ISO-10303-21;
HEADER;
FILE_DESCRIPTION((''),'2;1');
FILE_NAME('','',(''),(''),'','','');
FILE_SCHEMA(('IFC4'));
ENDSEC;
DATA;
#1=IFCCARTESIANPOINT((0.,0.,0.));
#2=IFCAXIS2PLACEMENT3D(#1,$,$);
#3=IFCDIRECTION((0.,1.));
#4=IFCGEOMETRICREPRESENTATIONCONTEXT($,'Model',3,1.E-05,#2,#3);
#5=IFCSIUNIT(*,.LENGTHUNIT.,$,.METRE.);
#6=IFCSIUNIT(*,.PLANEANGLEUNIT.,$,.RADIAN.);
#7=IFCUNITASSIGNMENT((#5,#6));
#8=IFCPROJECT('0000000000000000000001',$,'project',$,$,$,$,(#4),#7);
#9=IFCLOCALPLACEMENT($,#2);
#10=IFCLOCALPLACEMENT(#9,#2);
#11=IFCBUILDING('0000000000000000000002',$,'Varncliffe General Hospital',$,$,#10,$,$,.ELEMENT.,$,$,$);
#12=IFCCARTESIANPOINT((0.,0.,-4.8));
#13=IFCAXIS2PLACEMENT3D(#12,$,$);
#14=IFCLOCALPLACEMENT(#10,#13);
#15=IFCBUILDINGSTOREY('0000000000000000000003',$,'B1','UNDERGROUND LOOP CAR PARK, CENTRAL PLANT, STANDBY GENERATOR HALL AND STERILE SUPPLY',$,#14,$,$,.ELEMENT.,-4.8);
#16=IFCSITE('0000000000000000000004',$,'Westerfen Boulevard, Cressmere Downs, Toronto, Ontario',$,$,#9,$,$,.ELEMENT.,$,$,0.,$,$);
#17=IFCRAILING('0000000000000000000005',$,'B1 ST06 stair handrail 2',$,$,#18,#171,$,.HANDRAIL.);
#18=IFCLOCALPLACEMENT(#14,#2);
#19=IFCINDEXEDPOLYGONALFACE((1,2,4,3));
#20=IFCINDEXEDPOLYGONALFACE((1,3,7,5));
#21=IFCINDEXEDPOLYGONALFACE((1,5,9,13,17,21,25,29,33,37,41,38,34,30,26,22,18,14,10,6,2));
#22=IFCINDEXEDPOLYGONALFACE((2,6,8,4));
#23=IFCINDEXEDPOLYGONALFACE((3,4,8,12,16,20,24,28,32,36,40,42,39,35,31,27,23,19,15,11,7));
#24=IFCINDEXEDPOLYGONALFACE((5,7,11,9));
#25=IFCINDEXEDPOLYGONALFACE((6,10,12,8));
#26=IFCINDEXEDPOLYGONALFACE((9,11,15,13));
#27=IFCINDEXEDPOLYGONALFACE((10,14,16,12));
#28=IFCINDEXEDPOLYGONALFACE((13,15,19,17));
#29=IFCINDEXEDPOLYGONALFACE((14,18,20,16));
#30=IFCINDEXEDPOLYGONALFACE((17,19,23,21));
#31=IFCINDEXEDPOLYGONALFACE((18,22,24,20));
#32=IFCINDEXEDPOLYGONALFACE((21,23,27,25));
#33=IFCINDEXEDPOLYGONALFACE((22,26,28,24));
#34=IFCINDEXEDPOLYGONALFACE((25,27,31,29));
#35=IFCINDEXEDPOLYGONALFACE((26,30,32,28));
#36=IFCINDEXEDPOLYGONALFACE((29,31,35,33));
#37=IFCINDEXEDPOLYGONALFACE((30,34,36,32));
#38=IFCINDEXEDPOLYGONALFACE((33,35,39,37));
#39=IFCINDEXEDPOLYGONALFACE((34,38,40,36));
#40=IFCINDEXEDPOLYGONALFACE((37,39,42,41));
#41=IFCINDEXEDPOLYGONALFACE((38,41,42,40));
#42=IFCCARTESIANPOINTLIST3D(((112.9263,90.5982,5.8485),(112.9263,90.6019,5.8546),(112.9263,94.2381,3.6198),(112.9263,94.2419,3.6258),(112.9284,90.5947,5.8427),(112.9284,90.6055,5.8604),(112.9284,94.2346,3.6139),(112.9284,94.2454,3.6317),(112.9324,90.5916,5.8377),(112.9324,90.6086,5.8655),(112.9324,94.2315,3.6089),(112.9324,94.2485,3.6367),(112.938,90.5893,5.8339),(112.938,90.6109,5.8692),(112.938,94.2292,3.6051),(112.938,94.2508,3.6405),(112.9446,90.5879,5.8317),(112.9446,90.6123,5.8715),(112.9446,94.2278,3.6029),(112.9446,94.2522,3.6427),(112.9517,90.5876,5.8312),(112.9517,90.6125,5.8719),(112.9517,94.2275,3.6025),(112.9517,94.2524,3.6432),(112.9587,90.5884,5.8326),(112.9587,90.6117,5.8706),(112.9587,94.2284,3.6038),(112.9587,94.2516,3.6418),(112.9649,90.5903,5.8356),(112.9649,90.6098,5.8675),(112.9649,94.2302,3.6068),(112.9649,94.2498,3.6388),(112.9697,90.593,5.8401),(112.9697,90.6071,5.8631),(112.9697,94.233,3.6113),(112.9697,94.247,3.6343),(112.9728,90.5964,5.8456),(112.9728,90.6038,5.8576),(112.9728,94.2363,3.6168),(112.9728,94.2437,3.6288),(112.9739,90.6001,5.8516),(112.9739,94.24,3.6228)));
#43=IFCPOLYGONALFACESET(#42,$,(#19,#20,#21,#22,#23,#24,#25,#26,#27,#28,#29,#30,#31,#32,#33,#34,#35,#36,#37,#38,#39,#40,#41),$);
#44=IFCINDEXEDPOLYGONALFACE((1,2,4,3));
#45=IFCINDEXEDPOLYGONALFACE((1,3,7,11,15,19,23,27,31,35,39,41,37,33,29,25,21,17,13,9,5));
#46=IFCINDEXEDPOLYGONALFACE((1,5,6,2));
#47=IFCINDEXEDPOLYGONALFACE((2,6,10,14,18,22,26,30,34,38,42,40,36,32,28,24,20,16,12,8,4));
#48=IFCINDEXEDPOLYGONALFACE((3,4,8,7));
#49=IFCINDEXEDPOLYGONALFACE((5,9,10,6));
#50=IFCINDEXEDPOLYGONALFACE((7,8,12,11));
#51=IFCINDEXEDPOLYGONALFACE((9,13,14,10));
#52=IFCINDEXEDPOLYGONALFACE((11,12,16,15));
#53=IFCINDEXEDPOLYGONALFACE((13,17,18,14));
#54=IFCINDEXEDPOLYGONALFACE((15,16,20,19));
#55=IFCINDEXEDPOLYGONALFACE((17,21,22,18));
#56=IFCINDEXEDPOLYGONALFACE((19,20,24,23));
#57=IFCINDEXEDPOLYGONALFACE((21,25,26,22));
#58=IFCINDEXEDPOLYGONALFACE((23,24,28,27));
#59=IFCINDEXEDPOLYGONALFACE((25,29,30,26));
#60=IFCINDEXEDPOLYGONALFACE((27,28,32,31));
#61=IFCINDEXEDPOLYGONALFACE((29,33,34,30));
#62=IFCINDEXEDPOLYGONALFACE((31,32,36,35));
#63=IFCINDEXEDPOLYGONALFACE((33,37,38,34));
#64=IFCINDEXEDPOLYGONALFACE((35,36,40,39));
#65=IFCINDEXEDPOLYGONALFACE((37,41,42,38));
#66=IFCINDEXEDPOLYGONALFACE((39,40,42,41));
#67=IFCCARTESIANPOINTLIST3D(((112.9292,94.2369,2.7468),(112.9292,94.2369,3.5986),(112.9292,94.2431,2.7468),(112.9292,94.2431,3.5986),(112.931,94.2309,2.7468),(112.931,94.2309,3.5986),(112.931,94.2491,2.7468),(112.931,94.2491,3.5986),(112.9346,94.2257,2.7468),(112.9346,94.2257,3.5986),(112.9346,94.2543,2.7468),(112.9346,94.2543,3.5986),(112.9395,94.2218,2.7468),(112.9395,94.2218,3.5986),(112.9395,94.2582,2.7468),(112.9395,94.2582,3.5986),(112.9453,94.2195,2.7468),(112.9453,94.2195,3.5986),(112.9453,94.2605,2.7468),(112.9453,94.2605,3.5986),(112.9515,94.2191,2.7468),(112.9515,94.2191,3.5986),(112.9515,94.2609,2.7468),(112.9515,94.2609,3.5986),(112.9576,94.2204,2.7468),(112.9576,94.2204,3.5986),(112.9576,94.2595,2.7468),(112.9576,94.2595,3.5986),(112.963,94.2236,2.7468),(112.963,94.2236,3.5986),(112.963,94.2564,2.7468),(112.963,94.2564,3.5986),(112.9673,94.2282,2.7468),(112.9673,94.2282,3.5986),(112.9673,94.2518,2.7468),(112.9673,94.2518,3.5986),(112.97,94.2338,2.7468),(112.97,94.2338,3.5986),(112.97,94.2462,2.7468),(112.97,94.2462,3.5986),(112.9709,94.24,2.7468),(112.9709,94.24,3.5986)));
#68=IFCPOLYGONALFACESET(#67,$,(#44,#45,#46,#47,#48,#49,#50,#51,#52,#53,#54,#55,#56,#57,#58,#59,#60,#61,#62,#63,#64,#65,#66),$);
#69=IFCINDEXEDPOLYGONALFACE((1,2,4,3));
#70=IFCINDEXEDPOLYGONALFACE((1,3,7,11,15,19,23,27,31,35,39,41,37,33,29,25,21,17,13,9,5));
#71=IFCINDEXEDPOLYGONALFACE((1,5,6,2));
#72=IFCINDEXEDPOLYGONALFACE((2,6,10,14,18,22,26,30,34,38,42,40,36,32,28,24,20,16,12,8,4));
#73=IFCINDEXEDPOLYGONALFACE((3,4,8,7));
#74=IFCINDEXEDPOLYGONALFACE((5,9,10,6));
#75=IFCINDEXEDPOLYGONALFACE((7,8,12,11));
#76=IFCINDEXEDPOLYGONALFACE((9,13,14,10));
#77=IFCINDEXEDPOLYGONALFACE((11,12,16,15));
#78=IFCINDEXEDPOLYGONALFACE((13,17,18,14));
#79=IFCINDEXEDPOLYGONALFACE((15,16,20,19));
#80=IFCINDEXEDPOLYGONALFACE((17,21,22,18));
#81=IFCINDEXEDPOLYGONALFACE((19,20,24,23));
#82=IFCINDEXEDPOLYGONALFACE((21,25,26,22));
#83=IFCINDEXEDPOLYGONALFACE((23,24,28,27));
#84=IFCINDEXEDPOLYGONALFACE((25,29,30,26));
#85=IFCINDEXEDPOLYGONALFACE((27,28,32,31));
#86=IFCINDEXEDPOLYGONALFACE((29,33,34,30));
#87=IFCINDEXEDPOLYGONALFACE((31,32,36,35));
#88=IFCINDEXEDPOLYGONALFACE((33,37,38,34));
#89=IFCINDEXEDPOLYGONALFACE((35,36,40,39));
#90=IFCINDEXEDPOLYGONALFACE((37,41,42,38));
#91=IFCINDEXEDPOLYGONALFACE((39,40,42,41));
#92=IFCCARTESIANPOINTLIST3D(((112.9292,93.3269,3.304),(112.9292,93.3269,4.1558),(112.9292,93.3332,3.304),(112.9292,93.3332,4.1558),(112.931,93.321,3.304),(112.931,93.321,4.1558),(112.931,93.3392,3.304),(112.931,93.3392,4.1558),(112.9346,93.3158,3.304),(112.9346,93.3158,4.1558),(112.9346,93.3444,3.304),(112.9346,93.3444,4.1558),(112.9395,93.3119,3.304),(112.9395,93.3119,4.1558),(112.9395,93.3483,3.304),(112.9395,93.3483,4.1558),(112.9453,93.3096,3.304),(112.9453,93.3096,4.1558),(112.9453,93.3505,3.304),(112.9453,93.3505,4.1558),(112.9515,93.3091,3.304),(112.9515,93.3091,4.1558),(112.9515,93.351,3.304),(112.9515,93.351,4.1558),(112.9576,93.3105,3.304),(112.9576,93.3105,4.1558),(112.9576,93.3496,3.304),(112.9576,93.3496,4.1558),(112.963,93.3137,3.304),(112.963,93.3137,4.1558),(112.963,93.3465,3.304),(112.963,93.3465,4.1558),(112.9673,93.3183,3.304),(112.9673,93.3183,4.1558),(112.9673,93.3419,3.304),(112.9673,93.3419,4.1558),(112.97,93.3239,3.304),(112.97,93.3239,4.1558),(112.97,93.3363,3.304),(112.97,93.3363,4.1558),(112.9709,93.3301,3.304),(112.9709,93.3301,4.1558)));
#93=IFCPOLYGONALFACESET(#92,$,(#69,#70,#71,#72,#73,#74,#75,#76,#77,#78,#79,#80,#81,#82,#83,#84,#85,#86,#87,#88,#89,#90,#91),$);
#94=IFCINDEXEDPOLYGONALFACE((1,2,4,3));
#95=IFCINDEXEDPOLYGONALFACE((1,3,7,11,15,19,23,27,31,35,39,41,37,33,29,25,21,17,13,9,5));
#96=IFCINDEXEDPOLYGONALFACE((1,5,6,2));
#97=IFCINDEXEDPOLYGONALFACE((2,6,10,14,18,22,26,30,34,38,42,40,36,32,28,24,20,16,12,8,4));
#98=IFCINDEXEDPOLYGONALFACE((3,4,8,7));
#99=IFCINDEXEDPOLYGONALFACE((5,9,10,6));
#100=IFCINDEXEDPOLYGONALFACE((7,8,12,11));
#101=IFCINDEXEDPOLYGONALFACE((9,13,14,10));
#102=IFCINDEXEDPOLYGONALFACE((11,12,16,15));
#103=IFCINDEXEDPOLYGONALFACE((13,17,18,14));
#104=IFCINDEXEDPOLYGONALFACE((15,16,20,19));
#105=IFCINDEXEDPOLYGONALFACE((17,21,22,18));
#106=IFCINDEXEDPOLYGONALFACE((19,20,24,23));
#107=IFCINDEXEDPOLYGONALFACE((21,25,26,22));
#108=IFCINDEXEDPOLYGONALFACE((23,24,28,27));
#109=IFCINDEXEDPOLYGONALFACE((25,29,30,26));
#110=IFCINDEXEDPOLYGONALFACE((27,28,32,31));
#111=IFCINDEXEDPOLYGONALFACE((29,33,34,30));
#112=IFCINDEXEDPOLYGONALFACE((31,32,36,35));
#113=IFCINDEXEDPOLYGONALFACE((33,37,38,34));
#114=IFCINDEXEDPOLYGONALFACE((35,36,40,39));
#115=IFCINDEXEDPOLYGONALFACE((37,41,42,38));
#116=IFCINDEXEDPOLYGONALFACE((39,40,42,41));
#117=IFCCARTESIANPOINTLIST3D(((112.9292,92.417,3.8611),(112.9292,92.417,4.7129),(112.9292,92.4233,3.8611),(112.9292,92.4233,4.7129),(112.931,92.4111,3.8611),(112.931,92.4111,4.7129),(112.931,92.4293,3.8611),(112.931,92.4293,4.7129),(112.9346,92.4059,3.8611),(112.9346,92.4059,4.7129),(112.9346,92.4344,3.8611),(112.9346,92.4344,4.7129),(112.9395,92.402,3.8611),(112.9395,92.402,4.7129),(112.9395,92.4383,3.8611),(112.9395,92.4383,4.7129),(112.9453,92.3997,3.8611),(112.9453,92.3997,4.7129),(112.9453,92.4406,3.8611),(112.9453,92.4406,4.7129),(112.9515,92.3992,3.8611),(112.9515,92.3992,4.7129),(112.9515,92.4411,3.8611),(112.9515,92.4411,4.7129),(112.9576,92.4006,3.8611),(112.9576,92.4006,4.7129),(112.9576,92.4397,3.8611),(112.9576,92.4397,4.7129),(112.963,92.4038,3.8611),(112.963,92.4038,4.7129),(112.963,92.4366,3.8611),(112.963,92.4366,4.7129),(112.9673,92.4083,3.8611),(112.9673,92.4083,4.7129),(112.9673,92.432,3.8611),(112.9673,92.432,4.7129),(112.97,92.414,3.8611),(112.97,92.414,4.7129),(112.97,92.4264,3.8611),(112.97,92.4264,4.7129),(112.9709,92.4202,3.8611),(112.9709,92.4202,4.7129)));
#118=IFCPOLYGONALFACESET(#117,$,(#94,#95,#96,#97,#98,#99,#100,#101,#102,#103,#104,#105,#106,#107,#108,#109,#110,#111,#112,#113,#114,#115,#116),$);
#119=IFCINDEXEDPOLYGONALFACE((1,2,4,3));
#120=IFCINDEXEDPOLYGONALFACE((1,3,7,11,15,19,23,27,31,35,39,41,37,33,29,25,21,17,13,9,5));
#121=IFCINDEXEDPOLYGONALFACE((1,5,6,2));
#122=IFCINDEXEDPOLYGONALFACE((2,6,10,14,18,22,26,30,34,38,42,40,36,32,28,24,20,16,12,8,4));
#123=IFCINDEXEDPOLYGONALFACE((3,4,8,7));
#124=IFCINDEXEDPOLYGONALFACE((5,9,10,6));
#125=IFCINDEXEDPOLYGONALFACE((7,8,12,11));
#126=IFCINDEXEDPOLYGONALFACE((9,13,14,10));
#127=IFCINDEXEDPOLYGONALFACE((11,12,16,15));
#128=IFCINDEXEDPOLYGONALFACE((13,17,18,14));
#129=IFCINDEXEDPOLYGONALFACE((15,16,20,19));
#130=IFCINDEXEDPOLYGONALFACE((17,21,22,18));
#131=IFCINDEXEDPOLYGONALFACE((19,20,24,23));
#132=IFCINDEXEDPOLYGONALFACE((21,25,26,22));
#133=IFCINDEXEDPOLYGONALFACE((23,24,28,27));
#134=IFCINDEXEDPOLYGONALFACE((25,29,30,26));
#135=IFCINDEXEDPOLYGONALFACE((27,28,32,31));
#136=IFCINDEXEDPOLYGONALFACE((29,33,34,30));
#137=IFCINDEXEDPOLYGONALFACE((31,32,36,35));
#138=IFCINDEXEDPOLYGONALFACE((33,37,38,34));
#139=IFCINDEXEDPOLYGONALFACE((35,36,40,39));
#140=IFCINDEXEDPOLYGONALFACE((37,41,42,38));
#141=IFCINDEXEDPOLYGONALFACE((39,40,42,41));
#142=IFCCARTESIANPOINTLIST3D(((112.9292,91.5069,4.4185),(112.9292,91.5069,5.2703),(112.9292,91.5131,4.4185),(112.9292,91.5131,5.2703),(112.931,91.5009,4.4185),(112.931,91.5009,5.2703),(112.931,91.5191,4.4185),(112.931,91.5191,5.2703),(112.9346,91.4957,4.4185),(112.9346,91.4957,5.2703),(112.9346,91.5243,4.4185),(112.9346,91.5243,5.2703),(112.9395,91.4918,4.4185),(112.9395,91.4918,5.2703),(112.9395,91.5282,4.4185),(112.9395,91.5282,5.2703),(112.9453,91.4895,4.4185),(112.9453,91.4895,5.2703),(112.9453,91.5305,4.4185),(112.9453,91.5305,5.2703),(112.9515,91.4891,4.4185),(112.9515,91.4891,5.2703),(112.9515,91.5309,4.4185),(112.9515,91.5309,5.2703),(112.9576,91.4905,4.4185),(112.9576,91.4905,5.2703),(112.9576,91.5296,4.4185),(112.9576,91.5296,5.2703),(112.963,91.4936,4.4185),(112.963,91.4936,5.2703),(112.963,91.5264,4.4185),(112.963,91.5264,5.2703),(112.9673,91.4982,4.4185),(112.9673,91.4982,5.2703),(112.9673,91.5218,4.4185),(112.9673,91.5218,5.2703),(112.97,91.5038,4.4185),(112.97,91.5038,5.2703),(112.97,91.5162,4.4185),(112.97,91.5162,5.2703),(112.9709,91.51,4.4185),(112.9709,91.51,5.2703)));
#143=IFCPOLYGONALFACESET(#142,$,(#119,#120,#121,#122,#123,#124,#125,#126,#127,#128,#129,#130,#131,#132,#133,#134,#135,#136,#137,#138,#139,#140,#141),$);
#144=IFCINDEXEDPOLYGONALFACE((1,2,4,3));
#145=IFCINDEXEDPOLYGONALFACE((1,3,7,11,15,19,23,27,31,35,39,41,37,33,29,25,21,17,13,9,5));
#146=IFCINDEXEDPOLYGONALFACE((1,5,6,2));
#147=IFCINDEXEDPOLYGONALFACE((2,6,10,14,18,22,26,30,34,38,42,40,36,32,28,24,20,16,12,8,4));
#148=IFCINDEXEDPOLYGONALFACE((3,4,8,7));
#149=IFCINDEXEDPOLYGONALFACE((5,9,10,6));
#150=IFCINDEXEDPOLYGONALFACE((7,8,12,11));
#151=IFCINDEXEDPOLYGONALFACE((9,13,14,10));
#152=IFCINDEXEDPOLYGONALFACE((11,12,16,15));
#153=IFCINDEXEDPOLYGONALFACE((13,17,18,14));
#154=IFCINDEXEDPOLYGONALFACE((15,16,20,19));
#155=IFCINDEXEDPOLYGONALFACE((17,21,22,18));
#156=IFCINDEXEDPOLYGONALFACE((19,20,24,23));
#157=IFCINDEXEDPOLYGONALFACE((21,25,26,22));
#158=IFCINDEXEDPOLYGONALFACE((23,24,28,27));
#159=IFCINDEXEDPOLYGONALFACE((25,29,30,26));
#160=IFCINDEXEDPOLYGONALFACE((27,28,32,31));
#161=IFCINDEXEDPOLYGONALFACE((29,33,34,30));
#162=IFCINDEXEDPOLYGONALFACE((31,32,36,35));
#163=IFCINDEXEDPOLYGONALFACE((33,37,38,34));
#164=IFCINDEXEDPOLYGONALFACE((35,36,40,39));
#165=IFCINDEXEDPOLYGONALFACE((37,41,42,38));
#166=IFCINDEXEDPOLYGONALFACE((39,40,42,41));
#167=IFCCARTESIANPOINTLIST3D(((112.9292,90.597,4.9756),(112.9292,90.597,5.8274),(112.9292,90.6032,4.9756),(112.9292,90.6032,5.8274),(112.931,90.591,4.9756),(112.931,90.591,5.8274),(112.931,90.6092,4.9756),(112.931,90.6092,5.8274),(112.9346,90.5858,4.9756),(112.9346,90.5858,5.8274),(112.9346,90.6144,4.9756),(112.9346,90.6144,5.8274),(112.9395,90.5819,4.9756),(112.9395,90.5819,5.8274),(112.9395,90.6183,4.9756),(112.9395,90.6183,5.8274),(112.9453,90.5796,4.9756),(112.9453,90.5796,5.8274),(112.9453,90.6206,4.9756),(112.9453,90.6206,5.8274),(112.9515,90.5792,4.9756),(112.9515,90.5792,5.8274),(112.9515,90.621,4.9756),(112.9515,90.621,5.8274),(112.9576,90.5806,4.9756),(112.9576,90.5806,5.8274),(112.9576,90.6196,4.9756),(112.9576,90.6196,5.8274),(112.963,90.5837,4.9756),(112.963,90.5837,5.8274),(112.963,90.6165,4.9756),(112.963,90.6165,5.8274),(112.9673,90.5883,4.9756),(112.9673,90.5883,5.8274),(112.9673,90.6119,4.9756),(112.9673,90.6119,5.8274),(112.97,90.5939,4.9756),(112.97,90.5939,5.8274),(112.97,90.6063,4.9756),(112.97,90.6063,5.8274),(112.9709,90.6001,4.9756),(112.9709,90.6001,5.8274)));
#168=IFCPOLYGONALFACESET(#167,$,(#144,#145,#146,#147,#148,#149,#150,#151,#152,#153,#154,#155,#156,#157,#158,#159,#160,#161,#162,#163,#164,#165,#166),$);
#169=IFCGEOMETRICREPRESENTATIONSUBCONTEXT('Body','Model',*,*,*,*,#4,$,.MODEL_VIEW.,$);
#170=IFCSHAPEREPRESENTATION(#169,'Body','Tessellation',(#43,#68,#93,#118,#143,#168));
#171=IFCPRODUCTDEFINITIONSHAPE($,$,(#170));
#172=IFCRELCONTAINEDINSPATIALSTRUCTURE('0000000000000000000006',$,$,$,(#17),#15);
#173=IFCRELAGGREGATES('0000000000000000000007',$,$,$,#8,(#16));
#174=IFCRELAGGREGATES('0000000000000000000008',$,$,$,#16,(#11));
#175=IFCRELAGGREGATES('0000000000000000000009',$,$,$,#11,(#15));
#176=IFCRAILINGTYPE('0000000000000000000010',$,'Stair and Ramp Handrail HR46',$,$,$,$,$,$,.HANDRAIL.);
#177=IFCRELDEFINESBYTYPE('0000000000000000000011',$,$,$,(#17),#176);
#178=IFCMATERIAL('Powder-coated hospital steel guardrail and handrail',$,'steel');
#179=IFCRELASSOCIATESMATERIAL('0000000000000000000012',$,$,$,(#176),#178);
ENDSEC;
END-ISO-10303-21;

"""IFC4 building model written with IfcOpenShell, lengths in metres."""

from ifc_helpers import new_model, si_unit, direction, frame, origin, origin_2d, place, context, subcontext, project, spatial, circle, extrude, material, type_object, element, save


model = new_model("IFC4")

# Units and contexts
model_context = context("Model", 3, precision=1e-05, world=origin(), true_north=direction((0.0, 1.0)))
body_context = subcontext(model_context, "Body", "Model", "MODEL_VIEW")
ifc_project = project(units=[si_unit("LENGTHUNIT", "METRE"), si_unit("PLANEANGLEUNIT", "RADIAN")], contexts=[model_context])

# Site, building, storey
site_placement = place(None, origin())
site = spatial("IfcSite", under=ifc_project, at=site_placement, Name="Westerfen Boulevard, Cressmere Downs, Toronto, Ontario", CompositionType="ELEMENT", RefElevation=0.0)
building_placement = place(site_placement, origin())
building = spatial("IfcBuilding", under=site, at=building_placement, Name="Varncliffe General Hospital", CompositionType="ELEMENT")
storey_placement = place(building_placement, frame((0.0, 0.0, -4.8)))
storey = spatial("IfcBuildingStorey", under=building, at=storey_placement, Name="B1", Description="UNDERGROUND LOOP CAR PARK, CENTRAL PLANT, STANDBY GENERATOR HALL AND STERILE SUPPLY", CompositionType="ELEMENT", Elevation=-4.8)

# Railing
ifc_material_1 = material(Name="Powder-coated hospital steel guardrail and handrail", Category="steel")
railing_type_1 = type_object("IfcRailingType", Name="Stair and Ramp Handrail HR46", PredefinedType="HANDRAIL", material=ifc_material_1)
railing_1_placement = place(storey_placement, frame((112.95, 94.24, 2.7468)))
element("IfcRailing", 1, at=railing_1_placement, inside=storey, type_object=railing_type_1, Name="B1 ST06 stair handrail 2", PredefinedType="HANDRAIL", context=body_context, shape_type="SweptSolid", body=[
    extrude(circle(Radius=0.0239, at=origin_2d()), frame((0.0, 0.0, 0.876), z_axis=(0.0, -0.852825, 0.522197), x_axis=(1.0, 0.0, 0.0)), (0.0, 0.0, 1.0), 4.2681),
    extrude(circle(Radius=0.021, at=origin_2d()), origin(), (0.0, 0.0, 1.0), 0.8518),
    extrude(circle(Radius=0.021, at=origin_2d()), frame((0.0, -0.9099, 0.5571)), (0.0, 0.0, 1.0), 0.8518),
    extrude(circle(Radius=0.021, at=origin_2d()), frame((0.0, -1.8198, 1.1143)), (0.0, 0.0, 1.0), 0.8518),
    extrude(circle(Radius=0.021, at=origin_2d()), frame((0.0, -2.73, 1.6716)), (0.0, 0.0, 1.0), 0.8518),
    extrude(circle(Radius=0.021, at=origin_2d()), frame((0.0, -3.6399, 2.2288)), (0.0, 0.0, 1.0), 0.8518),
])

save(model, "model.ifc")
